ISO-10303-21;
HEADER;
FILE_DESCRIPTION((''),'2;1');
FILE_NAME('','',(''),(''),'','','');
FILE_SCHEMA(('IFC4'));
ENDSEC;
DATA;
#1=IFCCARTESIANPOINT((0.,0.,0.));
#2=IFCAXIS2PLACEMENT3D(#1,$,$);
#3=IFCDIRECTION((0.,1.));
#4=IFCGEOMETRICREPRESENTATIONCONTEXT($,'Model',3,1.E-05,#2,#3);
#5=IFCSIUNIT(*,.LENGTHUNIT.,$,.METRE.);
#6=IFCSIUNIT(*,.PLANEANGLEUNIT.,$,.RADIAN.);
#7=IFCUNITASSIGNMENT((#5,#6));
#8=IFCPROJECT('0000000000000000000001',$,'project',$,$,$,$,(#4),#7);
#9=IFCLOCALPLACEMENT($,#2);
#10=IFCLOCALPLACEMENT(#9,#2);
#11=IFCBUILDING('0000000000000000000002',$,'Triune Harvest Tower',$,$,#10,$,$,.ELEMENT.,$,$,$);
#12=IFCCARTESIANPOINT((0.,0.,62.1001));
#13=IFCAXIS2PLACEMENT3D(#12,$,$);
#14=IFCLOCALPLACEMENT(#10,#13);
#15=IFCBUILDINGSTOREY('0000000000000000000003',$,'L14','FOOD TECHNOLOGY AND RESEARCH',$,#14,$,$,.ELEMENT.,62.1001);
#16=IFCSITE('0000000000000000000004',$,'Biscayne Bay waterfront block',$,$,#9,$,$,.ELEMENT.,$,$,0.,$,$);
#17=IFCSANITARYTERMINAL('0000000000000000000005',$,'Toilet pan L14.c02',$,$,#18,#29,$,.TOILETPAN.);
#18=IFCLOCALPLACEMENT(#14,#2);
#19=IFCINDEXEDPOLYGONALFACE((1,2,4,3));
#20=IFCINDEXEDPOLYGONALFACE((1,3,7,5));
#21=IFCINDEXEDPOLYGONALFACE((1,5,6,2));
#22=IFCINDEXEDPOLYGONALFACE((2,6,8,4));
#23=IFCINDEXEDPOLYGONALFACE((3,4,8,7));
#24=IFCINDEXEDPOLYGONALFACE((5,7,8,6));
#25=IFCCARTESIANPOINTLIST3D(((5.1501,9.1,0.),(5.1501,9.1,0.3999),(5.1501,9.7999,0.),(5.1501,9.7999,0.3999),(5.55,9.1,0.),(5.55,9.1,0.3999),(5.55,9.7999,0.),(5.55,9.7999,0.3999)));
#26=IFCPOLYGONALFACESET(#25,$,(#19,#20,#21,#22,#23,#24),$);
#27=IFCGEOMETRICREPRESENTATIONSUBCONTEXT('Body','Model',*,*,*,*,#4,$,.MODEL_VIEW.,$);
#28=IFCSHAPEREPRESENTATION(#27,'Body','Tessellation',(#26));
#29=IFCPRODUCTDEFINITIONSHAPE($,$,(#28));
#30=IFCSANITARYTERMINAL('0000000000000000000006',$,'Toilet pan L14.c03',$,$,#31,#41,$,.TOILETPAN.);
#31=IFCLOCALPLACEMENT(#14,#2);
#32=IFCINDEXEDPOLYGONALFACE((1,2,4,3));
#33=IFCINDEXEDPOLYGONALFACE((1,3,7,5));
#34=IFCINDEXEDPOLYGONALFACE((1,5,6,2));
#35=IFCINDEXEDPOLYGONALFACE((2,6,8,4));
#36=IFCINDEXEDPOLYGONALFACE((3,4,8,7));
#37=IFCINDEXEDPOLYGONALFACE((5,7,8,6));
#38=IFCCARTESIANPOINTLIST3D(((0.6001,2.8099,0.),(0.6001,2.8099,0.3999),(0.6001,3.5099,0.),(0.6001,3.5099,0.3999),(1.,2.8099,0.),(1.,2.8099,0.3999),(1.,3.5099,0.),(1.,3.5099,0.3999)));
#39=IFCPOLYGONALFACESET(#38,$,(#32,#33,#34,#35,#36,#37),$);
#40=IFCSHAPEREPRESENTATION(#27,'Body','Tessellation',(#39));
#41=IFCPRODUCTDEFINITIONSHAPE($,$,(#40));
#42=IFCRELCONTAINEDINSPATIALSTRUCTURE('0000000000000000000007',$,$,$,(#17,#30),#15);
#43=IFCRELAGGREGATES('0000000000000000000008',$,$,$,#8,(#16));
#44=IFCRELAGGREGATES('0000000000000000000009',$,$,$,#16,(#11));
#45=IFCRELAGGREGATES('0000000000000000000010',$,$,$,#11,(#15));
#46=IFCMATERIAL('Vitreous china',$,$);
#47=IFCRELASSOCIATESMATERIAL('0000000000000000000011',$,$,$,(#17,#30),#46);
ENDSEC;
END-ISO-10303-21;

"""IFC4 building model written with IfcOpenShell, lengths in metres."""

from ifc_helpers import new_model, si_unit, direction, frame, origin, origin_2d, place, context, subcontext, project, spatial, rectangle, extrude, source, transform, mapped, material, element, save


model = new_model("IFC4")

# Units and contexts
model_context = context("Model", 3, precision=1e-05, world=origin(), true_north=direction((0.0, 1.0)))
body_context = subcontext(model_context, "Body", "Model", "MODEL_VIEW")
ifc_project = project(units=[si_unit("LENGTHUNIT", "METRE"), si_unit("PLANEANGLEUNIT", "RADIAN")], contexts=[model_context])

# Site, building, storey
site_placement = place(None, origin())
site = spatial("IfcSite", under=ifc_project, at=site_placement, Name="Biscayne Bay waterfront block", CompositionType="ELEMENT", RefElevation=0.0)
building_placement = place(site_placement, origin())
building = spatial("IfcBuilding", under=site, at=building_placement, Name="Triune Harvest Tower", CompositionType="ELEMENT")
storey_placement = place(building_placement, frame((0.0, 0.0, 62.1001)))
storey = spatial("IfcBuildingStorey", under=building, at=storey_placement, Name="L14", Description="FOOD TECHNOLOGY AND RESEARCH", CompositionType="ELEMENT", Elevation=62.1001)

# Sanitary terminals
ifc_material_1 = material(Name="Vitreous china")
shared_shape_1 = source(origin(), body_context, "Body", "SweptSolid", [
    extrude(rectangle(XDim=0.3999, YDim=0.7, at=origin_2d()), origin(), (0.0, 0.0, 1.0), 0.3999),
])
for number, where, z_axis, x_axis, name in (
    (1, (5.3501, 9.45, 0.0), (0.0, 0.0, 1.0), (1.0, 0.0, 0.0), "Toilet pan L14.c02"),
    (2, (0.8, 3.1599, 0.0), (0.0, 0.0, 1.0), (-1.0, 0.0, 0.0), "Toilet pan L14.c03"),
):
    element("IfcSanitaryTerminal", number, at=place(storey_placement, frame(where, z_axis=z_axis, x_axis=x_axis)), inside=storey, material=ifc_material_1, Name=name, PredefinedType="TOILETPAN", context=body_context, shape_type="MappedRepresentation", body=[
        mapped(shared_shape_1, transform((0.0, 0.0, 0.0), scale=1.0)),
    ])

save(model, "model.ifc")
